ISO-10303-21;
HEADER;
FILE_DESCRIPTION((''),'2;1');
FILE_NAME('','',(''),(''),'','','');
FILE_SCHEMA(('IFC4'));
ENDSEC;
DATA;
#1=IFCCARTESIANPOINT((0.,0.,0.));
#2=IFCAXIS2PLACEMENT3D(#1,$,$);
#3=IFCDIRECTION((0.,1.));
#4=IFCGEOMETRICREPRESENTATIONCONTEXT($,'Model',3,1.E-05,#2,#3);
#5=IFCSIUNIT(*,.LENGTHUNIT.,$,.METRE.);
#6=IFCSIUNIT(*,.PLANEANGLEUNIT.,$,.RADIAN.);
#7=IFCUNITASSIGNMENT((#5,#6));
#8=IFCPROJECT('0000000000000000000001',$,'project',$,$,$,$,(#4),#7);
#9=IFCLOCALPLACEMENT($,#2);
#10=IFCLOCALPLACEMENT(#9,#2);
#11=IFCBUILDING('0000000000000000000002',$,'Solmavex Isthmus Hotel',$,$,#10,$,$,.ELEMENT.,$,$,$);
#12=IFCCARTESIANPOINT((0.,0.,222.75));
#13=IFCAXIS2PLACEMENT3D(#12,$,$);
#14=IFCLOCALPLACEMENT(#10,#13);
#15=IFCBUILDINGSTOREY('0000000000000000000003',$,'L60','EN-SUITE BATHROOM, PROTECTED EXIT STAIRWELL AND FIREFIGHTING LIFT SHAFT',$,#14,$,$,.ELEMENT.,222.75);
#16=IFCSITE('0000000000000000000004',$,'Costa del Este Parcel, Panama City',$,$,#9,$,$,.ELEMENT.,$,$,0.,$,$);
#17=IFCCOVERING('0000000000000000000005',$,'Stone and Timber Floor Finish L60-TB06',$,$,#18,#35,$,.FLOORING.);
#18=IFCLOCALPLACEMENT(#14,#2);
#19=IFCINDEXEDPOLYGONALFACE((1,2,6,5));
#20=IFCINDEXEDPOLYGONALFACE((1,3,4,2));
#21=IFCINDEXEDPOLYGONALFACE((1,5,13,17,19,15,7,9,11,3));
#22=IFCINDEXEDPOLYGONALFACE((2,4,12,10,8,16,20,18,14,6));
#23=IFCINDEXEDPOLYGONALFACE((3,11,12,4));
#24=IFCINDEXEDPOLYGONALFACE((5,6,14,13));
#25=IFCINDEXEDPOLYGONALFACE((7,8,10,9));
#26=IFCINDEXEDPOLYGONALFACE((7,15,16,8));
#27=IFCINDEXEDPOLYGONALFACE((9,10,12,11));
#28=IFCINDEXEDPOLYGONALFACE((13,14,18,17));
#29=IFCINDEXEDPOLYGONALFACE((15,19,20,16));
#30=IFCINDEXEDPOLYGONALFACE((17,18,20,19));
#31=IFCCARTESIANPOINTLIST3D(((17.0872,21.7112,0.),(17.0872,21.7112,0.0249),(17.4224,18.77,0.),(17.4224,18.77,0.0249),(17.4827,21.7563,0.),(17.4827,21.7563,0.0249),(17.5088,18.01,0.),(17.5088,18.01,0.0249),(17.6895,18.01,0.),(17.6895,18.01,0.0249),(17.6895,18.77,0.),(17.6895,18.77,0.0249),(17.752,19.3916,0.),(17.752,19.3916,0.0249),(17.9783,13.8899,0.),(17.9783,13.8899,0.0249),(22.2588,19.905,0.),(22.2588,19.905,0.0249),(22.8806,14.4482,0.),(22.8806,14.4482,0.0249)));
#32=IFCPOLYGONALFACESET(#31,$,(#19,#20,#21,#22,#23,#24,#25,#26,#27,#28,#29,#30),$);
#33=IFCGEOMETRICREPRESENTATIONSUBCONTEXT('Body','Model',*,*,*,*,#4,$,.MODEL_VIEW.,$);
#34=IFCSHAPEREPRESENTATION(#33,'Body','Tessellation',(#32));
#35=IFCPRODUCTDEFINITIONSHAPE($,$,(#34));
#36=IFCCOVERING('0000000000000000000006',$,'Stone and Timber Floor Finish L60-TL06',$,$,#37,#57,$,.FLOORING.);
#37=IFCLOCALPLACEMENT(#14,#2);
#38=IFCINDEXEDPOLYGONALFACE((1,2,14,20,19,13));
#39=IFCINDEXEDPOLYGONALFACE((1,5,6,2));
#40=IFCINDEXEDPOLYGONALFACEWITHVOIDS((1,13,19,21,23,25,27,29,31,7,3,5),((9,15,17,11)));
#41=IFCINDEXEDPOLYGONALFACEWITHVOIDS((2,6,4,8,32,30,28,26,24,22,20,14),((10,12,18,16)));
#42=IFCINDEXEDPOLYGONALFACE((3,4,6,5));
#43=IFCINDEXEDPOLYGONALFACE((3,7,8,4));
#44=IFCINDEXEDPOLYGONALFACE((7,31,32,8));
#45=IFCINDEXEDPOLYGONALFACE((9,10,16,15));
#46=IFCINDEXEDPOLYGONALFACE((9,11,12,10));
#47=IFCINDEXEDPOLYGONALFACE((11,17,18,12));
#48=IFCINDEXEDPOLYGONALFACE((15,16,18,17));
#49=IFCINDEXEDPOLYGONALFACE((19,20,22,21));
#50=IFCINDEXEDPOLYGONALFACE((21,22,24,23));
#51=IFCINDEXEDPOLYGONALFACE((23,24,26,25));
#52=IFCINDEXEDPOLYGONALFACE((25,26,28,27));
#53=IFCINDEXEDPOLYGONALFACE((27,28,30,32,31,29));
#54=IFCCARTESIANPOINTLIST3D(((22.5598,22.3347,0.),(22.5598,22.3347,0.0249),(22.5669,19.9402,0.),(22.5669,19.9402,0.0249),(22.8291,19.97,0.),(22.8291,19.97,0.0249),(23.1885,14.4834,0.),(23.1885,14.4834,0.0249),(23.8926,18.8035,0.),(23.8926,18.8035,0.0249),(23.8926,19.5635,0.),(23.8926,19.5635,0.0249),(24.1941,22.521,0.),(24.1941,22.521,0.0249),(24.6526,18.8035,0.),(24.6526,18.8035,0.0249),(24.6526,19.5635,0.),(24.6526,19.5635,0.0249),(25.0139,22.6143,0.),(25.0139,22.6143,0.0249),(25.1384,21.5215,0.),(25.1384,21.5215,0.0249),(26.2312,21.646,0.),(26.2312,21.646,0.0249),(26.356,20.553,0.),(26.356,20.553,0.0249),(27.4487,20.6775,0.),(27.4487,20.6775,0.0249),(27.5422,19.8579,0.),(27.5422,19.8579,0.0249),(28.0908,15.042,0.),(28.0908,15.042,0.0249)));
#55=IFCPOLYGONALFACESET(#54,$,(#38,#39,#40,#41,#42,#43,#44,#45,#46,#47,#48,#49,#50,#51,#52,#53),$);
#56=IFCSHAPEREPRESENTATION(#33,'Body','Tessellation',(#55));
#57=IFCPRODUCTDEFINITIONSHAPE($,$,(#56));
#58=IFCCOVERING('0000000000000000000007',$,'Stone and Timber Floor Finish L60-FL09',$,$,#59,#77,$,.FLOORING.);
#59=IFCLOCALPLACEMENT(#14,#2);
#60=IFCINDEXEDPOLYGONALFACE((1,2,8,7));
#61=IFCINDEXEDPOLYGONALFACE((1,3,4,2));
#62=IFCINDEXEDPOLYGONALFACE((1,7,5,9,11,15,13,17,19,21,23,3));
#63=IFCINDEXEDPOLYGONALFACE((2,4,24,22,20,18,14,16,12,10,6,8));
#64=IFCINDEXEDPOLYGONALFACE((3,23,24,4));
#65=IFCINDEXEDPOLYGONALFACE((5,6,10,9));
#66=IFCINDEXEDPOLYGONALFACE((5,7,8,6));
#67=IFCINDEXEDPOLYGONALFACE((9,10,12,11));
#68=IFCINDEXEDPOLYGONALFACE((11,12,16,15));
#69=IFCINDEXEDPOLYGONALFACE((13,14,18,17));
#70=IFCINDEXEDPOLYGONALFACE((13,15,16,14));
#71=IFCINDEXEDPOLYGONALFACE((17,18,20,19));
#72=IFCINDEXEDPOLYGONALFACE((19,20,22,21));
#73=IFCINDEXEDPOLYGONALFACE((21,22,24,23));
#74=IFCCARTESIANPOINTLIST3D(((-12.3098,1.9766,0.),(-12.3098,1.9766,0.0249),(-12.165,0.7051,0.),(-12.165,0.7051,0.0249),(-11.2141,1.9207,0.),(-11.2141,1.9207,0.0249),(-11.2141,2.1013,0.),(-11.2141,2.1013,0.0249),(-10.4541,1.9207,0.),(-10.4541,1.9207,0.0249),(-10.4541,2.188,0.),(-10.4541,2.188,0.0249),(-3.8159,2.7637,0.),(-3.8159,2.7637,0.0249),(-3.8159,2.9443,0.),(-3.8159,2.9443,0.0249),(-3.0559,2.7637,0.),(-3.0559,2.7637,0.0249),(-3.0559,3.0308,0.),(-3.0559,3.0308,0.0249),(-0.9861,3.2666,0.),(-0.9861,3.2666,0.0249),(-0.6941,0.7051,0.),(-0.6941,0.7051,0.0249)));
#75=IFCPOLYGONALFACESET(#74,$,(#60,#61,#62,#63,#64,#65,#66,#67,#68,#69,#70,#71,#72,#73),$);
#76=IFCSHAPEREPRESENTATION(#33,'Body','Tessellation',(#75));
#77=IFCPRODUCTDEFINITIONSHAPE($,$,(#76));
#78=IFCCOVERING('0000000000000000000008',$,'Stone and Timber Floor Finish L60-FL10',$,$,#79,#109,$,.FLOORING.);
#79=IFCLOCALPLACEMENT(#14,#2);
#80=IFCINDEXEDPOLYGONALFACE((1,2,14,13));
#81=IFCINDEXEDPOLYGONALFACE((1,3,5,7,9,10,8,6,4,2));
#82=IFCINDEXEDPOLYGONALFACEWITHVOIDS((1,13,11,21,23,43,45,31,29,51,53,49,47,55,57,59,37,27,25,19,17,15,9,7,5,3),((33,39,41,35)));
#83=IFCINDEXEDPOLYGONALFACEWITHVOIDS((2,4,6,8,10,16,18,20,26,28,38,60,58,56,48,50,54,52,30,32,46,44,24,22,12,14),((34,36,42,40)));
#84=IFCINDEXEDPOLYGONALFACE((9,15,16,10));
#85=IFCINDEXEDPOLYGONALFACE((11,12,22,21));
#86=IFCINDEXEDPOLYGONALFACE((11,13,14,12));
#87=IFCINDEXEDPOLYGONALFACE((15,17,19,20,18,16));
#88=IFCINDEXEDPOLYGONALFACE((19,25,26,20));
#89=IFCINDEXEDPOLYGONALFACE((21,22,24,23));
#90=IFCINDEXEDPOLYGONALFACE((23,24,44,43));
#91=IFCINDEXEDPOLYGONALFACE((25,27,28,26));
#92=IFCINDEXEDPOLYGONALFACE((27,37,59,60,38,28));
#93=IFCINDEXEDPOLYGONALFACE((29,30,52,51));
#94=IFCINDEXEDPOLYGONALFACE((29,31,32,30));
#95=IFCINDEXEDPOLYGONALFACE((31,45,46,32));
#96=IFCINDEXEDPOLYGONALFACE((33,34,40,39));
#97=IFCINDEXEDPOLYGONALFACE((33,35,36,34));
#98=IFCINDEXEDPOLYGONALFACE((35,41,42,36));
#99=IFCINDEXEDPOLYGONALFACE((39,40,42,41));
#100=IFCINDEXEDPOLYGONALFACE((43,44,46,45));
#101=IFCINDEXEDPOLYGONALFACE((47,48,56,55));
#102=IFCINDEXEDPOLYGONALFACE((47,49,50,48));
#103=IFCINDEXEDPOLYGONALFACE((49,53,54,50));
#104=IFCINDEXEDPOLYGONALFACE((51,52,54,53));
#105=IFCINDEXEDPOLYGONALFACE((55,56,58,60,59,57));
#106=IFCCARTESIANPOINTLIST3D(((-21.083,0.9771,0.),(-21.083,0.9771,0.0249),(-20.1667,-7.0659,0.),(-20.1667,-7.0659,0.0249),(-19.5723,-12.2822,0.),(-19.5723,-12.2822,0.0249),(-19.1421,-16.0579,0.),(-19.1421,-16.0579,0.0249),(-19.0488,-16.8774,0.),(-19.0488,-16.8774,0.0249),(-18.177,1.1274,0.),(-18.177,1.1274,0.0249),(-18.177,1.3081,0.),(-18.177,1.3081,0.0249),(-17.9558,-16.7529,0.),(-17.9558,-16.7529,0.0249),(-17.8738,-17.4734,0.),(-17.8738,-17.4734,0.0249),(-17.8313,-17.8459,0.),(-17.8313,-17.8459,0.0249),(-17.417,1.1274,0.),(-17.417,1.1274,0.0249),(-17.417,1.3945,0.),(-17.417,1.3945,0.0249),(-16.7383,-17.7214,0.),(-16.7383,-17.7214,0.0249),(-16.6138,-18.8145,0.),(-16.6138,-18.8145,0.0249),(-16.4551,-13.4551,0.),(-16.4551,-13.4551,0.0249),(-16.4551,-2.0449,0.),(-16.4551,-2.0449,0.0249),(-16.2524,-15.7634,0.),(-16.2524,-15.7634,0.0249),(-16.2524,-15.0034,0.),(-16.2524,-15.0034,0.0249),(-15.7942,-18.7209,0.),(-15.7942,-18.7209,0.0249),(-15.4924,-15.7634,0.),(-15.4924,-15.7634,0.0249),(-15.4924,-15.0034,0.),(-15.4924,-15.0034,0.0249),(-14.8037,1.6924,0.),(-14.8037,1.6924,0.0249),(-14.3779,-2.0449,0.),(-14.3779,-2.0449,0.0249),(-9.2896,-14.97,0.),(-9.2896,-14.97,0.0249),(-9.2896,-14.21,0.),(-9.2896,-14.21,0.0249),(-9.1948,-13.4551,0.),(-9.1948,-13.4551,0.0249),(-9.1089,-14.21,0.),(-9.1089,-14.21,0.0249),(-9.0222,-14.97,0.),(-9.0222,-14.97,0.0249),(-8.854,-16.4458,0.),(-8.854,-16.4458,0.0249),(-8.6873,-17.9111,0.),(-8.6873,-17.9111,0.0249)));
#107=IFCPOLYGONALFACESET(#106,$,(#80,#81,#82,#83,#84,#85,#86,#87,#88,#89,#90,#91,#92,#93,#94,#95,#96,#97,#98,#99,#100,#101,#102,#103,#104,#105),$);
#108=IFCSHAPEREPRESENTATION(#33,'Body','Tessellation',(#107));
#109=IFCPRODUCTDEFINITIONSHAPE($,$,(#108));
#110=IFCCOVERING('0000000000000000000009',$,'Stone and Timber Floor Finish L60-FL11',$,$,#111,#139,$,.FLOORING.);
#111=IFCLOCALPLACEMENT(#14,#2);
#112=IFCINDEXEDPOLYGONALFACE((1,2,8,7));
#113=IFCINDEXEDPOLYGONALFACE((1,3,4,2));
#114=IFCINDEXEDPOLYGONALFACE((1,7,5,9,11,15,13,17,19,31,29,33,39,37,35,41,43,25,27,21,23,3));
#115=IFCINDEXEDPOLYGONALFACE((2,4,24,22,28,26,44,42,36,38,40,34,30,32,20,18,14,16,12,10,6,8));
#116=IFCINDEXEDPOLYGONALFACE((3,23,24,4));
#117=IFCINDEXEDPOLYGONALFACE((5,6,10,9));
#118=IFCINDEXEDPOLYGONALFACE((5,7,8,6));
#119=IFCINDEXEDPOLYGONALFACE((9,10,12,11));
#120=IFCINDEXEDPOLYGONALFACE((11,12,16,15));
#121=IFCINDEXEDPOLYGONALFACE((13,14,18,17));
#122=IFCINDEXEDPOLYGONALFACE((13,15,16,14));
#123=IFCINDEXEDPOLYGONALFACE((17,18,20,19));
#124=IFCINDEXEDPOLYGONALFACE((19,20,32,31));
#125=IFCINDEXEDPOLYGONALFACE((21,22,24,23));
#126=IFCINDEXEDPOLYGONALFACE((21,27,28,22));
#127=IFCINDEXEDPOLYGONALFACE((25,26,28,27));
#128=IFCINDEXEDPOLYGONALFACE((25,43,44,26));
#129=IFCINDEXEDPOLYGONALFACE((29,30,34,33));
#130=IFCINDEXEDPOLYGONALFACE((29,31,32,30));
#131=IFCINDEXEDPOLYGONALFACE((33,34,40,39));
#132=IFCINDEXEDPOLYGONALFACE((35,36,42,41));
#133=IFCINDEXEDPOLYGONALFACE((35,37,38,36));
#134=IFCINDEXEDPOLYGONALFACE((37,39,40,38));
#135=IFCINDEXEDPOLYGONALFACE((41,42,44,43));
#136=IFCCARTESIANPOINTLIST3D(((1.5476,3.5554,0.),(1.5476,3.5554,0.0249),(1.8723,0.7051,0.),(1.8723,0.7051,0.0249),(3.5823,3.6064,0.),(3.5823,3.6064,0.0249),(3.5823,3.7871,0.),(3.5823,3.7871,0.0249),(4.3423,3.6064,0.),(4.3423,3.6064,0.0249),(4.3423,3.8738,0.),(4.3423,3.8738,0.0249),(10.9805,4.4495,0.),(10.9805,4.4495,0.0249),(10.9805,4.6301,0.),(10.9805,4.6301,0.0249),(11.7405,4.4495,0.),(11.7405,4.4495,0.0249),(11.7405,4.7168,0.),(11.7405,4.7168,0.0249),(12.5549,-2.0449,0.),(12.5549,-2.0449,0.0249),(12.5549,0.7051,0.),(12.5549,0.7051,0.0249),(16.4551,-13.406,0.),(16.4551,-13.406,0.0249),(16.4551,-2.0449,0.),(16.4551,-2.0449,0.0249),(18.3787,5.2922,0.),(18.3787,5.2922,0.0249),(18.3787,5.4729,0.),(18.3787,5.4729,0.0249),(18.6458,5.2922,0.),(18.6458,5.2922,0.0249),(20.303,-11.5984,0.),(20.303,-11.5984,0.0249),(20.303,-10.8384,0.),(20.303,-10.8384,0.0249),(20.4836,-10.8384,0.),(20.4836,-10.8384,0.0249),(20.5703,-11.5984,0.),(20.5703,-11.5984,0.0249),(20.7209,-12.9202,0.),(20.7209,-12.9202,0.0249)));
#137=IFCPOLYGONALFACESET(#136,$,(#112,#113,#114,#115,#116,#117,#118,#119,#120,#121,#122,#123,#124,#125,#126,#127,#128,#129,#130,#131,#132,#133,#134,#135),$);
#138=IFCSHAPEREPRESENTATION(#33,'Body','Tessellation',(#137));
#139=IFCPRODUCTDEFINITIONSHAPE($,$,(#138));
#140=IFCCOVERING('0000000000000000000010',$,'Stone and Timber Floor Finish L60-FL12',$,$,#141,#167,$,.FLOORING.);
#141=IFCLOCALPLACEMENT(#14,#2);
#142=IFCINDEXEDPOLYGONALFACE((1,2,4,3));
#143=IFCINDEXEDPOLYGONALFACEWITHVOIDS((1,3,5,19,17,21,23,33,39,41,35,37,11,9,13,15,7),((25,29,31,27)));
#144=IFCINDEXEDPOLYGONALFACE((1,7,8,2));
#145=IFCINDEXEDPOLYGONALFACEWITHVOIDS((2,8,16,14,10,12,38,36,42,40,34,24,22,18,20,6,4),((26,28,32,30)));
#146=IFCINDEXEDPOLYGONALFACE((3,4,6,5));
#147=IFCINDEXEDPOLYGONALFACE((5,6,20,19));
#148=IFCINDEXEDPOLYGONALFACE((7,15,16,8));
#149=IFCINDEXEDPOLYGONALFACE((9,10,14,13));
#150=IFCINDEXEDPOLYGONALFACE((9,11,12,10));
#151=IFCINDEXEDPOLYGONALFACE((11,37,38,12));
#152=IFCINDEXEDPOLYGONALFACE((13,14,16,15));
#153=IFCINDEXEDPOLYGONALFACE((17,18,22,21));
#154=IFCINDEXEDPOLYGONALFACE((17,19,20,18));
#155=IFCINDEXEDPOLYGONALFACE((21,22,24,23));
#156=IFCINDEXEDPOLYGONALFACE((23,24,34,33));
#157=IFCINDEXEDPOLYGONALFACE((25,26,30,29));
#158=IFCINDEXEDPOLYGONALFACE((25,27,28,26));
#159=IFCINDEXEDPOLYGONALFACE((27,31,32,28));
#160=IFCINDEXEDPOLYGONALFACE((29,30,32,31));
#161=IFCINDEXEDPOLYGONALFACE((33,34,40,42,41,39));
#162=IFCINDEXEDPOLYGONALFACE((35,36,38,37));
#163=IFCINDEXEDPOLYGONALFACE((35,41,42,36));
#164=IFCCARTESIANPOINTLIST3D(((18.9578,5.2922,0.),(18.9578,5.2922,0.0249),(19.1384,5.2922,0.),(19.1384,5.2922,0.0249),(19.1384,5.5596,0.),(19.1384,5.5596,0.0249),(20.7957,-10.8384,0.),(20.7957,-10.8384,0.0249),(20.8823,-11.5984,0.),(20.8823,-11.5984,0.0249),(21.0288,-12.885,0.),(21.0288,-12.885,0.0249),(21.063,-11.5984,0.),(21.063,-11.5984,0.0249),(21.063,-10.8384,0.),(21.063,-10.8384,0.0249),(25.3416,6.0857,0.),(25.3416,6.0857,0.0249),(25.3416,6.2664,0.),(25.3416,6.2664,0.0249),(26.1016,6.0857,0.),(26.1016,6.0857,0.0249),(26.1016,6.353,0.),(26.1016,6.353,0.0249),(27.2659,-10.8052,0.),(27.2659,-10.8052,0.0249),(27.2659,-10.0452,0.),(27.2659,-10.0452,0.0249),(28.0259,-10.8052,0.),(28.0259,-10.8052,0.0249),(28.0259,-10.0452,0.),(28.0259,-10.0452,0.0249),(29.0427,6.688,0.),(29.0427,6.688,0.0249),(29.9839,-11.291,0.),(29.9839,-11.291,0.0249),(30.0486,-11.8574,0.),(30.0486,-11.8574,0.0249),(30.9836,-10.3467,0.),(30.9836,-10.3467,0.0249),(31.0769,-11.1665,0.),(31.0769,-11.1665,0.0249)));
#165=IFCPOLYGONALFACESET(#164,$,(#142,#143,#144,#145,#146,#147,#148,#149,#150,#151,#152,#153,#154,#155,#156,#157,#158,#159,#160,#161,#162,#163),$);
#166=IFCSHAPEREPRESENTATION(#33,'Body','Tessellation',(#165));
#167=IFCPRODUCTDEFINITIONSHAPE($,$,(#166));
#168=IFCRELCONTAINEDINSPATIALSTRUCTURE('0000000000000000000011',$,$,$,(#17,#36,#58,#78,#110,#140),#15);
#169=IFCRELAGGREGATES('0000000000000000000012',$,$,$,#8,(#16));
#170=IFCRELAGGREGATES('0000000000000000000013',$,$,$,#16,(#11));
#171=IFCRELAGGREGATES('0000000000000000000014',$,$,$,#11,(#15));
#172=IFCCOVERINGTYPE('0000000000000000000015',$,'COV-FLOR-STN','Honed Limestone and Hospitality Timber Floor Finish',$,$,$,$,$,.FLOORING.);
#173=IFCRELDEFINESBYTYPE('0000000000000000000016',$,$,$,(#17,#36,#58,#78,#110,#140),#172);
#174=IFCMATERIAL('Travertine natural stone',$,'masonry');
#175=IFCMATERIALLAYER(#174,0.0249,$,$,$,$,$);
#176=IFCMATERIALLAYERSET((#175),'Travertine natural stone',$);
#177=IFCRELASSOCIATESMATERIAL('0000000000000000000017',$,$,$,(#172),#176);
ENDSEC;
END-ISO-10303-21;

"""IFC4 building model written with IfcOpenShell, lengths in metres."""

from ifc_helpers import new_model, si_unit, direction, frame, origin, place, context, subcontext, project, spatial, polyline, outline, extrude, material, layer, layer_set, type_object, element, save


model = new_model("IFC4")

# Units and contexts
model_context = context("Model", 3, precision=1e-05, world=origin(), true_north=direction((0.0, 1.0)))
body_context = subcontext(model_context, "Body", "Model", "MODEL_VIEW")
ifc_project = project(units=[si_unit("LENGTHUNIT", "METRE"), si_unit("PLANEANGLEUNIT", "RADIAN")], contexts=[model_context])

# Site, building, storey
site_placement = place(None, origin())
site = spatial("IfcSite", under=ifc_project, at=site_placement, Name="Costa del Este Parcel, Panama City", CompositionType="ELEMENT", RefElevation=0.0)
building_placement = place(site_placement, origin())
building = spatial("IfcBuilding", under=site, at=building_placement, Name="Solmavex Isthmus Hotel", CompositionType="ELEMENT")
storey_placement = place(building_placement, frame((0.0, 0.0, 222.75)))
storey = spatial("IfcBuildingStorey", under=building, at=storey_placement, Name="L60", Description="EN-SUITE BATHROOM, PROTECTED EXIT STAIRWELL AND FIREFIGHTING LIFT SHAFT", CompositionType="ELEMENT", Elevation=222.75)

# Coverings
ifc_material_1 = material(Name="Travertine natural stone", Category="masonry")
ifc_layer_1 = layer(ifc_material_1, 0.0249)
ifc_layer_set_1 = layer_set([ifc_layer_1], Name="Travertine natural stone")
covering_type_1 = type_object("IfcCoveringType", Name="COV-FLOR-STN", Description="Honed Limestone and Hospitality Timber Floor Finish", PredefinedType="FLOORING", material=ifc_layer_set_1)
covering_1_placement = place(storey_placement, origin())
element("IfcCovering", 1, at=covering_1_placement, inside=storey, type_object=covering_type_1, Name="Stone and Timber Floor Finish L60-TB06", PredefinedType="FLOORING", context=body_context, shape_type="SweptSolid", body=[
    extrude(outline(polyline([(17.4224, 18.77), (17.6895, 18.77), (17.6895, 18.01), (17.5088, 18.01), (17.9783, 13.8899), (22.8806, 14.4482), (22.2588, 19.905), (17.752, 19.3916), (17.4827, 21.7563), (17.0872, 21.7112), (17.4224, 18.77)])), origin(), (0.0, 0.0, 1.0), 0.0249),
])
covering_2_placement = place(storey_placement, origin())
element("IfcCovering", 2, at=covering_2_placement, inside=storey, type_object=covering_type_1, Name="Stone and Timber Floor Finish L60-TL06", PredefinedType="FLOORING", context=body_context, shape_type="SweptSolid", body=[
    extrude(outline(polyline([(22.5598, 22.3347), (22.8291, 19.97), (22.5669, 19.9402), (23.1885, 14.4834), (28.0908, 15.042), (27.5422, 19.8579), (27.4487, 20.6775), (26.356, 20.553), (26.2312, 21.646), (25.1384, 21.5215), (25.0139, 22.6143), (24.1941, 22.521), (22.5598, 22.3347)]), holes=[polyline([(23.8926, 19.5635), (24.6526, 19.5635), (24.6526, 18.8035), (23.8926, 18.8035), (23.8926, 19.5635)])]), origin(), (0.0, 0.0, 1.0), 0.0249),
])
covering_3_placement = place(storey_placement, origin())
element("IfcCovering", 3, at=covering_3_placement, inside=storey, type_object=covering_type_1, Name="Stone and Timber Floor Finish L60-FL09", PredefinedType="FLOORING", context=body_context, shape_type="SweptSolid", body=[
    extrude(outline(polyline([(-10.4541, 2.188), (-10.4541, 1.9207), (-11.2141, 1.9207), (-11.2141, 2.1013), (-12.3098, 1.9766), (-12.165, 0.7051), (-0.6941, 0.7051), (-0.9861, 3.2666), (-3.0559, 3.0308), (-3.0559, 2.7637), (-3.8159, 2.7637), (-3.8159, 2.9443), (-10.4541, 2.188)])), origin(), (0.0, 0.0, 1.0), 0.0249),
])
covering_4_placement = place(storey_placement, origin())
element("IfcCovering", 4, at=covering_4_placement, inside=storey, type_object=covering_type_1, Name="Stone and Timber Floor Finish L60-FL10", PredefinedType="FLOORING", context=body_context, shape_type="SweptSolid", body=[
    extrude(outline(polyline([(-17.417, 1.3945), (-17.417, 1.1274), (-18.177, 1.1274), (-18.177, 1.3081), (-21.083, 0.9771), (-20.1667, -7.0659), (-19.5723, -12.2822), (-19.1421, -16.0579), (-19.0488, -16.8774), (-17.9558, -16.7529), (-17.8738, -17.4734), (-17.8313, -17.8459), (-16.7383, -17.7214), (-16.6138, -18.8145), (-15.7942, -18.7209), (-8.6873, -17.9111), (-8.854, -16.4458), (-9.0222, -14.97), (-9.2896, -14.97), (-9.2896, -14.21), (-9.1089, -14.21), (-9.1948, -13.4551), (-16.4551, -13.4551), (-16.4551, -2.0449), (-14.3779, -2.0449), (-14.8037, 1.6924), (-17.417, 1.3945)]), holes=[polyline([(-16.2524, -15.7634), (-16.2524, -15.0034), (-15.4924, -15.0034), (-15.4924, -15.7634), (-16.2524, -15.7634)])]), origin(), (0.0, 0.0, 1.0), 0.0249),
])
covering_5_placement = place(storey_placement, origin())
element("IfcCovering", 5, at=covering_5_placement, inside=storey, type_object=covering_type_1, Name="Stone and Timber Floor Finish L60-FL11", PredefinedType="FLOORING", context=body_context, shape_type="SweptSolid", body=[
    extrude(outline(polyline([(4.3423, 3.8738), (4.3423, 3.6064), (3.5823, 3.6064), (3.5823, 3.7871), (1.5476, 3.5554), (1.8723, 0.7051), (12.5549, 0.7051), (12.5549, -2.0449), (16.4551, -2.0449), (16.4551, -13.406), (20.7209, -12.9202), (20.5703, -11.5984), (20.303, -11.5984), (20.303, -10.8384), (20.4836, -10.8384), (18.6458, 5.2922), (18.3787, 5.2922), (18.3787, 5.4729), (11.7405, 4.7168), (11.7405, 4.4495), (10.9805, 4.4495), (10.9805, 4.6301), (4.3423, 3.8738)])), origin(), (0.0, 0.0, 1.0), 0.0249),
])
covering_6_placement = place(storey_placement, origin())
element("IfcCovering", 6, at=covering_6_placement, inside=storey, type_object=covering_type_1, Name="Stone and Timber Floor Finish L60-FL12", PredefinedType="FLOORING", context=body_context, shape_type="SweptSolid", body=[
    extrude(outline(polyline([(20.7957, -10.8384), (21.063, -10.8384), (21.063, -11.5984), (20.8823, -11.5984), (21.0288, -12.885), (30.0486, -11.8574), (29.9839, -11.291), (31.0769, -11.1665), (30.9836, -10.3467), (29.0427, 6.688), (26.1016, 6.353), (26.1016, 6.0857), (25.3416, 6.0857), (25.3416, 6.2664), (19.1384, 5.5596), (19.1384, 5.2922), (18.9578, 5.2922), (20.7957, -10.8384)]), holes=[polyline([(27.2659, -10.8052), (27.2659, -10.0452), (28.0259, -10.0452), (28.0259, -10.8052), (27.2659, -10.8052)])]), origin(), (0.0, 0.0, 1.0), 0.0249),
])

save(model, "model.ifc")
